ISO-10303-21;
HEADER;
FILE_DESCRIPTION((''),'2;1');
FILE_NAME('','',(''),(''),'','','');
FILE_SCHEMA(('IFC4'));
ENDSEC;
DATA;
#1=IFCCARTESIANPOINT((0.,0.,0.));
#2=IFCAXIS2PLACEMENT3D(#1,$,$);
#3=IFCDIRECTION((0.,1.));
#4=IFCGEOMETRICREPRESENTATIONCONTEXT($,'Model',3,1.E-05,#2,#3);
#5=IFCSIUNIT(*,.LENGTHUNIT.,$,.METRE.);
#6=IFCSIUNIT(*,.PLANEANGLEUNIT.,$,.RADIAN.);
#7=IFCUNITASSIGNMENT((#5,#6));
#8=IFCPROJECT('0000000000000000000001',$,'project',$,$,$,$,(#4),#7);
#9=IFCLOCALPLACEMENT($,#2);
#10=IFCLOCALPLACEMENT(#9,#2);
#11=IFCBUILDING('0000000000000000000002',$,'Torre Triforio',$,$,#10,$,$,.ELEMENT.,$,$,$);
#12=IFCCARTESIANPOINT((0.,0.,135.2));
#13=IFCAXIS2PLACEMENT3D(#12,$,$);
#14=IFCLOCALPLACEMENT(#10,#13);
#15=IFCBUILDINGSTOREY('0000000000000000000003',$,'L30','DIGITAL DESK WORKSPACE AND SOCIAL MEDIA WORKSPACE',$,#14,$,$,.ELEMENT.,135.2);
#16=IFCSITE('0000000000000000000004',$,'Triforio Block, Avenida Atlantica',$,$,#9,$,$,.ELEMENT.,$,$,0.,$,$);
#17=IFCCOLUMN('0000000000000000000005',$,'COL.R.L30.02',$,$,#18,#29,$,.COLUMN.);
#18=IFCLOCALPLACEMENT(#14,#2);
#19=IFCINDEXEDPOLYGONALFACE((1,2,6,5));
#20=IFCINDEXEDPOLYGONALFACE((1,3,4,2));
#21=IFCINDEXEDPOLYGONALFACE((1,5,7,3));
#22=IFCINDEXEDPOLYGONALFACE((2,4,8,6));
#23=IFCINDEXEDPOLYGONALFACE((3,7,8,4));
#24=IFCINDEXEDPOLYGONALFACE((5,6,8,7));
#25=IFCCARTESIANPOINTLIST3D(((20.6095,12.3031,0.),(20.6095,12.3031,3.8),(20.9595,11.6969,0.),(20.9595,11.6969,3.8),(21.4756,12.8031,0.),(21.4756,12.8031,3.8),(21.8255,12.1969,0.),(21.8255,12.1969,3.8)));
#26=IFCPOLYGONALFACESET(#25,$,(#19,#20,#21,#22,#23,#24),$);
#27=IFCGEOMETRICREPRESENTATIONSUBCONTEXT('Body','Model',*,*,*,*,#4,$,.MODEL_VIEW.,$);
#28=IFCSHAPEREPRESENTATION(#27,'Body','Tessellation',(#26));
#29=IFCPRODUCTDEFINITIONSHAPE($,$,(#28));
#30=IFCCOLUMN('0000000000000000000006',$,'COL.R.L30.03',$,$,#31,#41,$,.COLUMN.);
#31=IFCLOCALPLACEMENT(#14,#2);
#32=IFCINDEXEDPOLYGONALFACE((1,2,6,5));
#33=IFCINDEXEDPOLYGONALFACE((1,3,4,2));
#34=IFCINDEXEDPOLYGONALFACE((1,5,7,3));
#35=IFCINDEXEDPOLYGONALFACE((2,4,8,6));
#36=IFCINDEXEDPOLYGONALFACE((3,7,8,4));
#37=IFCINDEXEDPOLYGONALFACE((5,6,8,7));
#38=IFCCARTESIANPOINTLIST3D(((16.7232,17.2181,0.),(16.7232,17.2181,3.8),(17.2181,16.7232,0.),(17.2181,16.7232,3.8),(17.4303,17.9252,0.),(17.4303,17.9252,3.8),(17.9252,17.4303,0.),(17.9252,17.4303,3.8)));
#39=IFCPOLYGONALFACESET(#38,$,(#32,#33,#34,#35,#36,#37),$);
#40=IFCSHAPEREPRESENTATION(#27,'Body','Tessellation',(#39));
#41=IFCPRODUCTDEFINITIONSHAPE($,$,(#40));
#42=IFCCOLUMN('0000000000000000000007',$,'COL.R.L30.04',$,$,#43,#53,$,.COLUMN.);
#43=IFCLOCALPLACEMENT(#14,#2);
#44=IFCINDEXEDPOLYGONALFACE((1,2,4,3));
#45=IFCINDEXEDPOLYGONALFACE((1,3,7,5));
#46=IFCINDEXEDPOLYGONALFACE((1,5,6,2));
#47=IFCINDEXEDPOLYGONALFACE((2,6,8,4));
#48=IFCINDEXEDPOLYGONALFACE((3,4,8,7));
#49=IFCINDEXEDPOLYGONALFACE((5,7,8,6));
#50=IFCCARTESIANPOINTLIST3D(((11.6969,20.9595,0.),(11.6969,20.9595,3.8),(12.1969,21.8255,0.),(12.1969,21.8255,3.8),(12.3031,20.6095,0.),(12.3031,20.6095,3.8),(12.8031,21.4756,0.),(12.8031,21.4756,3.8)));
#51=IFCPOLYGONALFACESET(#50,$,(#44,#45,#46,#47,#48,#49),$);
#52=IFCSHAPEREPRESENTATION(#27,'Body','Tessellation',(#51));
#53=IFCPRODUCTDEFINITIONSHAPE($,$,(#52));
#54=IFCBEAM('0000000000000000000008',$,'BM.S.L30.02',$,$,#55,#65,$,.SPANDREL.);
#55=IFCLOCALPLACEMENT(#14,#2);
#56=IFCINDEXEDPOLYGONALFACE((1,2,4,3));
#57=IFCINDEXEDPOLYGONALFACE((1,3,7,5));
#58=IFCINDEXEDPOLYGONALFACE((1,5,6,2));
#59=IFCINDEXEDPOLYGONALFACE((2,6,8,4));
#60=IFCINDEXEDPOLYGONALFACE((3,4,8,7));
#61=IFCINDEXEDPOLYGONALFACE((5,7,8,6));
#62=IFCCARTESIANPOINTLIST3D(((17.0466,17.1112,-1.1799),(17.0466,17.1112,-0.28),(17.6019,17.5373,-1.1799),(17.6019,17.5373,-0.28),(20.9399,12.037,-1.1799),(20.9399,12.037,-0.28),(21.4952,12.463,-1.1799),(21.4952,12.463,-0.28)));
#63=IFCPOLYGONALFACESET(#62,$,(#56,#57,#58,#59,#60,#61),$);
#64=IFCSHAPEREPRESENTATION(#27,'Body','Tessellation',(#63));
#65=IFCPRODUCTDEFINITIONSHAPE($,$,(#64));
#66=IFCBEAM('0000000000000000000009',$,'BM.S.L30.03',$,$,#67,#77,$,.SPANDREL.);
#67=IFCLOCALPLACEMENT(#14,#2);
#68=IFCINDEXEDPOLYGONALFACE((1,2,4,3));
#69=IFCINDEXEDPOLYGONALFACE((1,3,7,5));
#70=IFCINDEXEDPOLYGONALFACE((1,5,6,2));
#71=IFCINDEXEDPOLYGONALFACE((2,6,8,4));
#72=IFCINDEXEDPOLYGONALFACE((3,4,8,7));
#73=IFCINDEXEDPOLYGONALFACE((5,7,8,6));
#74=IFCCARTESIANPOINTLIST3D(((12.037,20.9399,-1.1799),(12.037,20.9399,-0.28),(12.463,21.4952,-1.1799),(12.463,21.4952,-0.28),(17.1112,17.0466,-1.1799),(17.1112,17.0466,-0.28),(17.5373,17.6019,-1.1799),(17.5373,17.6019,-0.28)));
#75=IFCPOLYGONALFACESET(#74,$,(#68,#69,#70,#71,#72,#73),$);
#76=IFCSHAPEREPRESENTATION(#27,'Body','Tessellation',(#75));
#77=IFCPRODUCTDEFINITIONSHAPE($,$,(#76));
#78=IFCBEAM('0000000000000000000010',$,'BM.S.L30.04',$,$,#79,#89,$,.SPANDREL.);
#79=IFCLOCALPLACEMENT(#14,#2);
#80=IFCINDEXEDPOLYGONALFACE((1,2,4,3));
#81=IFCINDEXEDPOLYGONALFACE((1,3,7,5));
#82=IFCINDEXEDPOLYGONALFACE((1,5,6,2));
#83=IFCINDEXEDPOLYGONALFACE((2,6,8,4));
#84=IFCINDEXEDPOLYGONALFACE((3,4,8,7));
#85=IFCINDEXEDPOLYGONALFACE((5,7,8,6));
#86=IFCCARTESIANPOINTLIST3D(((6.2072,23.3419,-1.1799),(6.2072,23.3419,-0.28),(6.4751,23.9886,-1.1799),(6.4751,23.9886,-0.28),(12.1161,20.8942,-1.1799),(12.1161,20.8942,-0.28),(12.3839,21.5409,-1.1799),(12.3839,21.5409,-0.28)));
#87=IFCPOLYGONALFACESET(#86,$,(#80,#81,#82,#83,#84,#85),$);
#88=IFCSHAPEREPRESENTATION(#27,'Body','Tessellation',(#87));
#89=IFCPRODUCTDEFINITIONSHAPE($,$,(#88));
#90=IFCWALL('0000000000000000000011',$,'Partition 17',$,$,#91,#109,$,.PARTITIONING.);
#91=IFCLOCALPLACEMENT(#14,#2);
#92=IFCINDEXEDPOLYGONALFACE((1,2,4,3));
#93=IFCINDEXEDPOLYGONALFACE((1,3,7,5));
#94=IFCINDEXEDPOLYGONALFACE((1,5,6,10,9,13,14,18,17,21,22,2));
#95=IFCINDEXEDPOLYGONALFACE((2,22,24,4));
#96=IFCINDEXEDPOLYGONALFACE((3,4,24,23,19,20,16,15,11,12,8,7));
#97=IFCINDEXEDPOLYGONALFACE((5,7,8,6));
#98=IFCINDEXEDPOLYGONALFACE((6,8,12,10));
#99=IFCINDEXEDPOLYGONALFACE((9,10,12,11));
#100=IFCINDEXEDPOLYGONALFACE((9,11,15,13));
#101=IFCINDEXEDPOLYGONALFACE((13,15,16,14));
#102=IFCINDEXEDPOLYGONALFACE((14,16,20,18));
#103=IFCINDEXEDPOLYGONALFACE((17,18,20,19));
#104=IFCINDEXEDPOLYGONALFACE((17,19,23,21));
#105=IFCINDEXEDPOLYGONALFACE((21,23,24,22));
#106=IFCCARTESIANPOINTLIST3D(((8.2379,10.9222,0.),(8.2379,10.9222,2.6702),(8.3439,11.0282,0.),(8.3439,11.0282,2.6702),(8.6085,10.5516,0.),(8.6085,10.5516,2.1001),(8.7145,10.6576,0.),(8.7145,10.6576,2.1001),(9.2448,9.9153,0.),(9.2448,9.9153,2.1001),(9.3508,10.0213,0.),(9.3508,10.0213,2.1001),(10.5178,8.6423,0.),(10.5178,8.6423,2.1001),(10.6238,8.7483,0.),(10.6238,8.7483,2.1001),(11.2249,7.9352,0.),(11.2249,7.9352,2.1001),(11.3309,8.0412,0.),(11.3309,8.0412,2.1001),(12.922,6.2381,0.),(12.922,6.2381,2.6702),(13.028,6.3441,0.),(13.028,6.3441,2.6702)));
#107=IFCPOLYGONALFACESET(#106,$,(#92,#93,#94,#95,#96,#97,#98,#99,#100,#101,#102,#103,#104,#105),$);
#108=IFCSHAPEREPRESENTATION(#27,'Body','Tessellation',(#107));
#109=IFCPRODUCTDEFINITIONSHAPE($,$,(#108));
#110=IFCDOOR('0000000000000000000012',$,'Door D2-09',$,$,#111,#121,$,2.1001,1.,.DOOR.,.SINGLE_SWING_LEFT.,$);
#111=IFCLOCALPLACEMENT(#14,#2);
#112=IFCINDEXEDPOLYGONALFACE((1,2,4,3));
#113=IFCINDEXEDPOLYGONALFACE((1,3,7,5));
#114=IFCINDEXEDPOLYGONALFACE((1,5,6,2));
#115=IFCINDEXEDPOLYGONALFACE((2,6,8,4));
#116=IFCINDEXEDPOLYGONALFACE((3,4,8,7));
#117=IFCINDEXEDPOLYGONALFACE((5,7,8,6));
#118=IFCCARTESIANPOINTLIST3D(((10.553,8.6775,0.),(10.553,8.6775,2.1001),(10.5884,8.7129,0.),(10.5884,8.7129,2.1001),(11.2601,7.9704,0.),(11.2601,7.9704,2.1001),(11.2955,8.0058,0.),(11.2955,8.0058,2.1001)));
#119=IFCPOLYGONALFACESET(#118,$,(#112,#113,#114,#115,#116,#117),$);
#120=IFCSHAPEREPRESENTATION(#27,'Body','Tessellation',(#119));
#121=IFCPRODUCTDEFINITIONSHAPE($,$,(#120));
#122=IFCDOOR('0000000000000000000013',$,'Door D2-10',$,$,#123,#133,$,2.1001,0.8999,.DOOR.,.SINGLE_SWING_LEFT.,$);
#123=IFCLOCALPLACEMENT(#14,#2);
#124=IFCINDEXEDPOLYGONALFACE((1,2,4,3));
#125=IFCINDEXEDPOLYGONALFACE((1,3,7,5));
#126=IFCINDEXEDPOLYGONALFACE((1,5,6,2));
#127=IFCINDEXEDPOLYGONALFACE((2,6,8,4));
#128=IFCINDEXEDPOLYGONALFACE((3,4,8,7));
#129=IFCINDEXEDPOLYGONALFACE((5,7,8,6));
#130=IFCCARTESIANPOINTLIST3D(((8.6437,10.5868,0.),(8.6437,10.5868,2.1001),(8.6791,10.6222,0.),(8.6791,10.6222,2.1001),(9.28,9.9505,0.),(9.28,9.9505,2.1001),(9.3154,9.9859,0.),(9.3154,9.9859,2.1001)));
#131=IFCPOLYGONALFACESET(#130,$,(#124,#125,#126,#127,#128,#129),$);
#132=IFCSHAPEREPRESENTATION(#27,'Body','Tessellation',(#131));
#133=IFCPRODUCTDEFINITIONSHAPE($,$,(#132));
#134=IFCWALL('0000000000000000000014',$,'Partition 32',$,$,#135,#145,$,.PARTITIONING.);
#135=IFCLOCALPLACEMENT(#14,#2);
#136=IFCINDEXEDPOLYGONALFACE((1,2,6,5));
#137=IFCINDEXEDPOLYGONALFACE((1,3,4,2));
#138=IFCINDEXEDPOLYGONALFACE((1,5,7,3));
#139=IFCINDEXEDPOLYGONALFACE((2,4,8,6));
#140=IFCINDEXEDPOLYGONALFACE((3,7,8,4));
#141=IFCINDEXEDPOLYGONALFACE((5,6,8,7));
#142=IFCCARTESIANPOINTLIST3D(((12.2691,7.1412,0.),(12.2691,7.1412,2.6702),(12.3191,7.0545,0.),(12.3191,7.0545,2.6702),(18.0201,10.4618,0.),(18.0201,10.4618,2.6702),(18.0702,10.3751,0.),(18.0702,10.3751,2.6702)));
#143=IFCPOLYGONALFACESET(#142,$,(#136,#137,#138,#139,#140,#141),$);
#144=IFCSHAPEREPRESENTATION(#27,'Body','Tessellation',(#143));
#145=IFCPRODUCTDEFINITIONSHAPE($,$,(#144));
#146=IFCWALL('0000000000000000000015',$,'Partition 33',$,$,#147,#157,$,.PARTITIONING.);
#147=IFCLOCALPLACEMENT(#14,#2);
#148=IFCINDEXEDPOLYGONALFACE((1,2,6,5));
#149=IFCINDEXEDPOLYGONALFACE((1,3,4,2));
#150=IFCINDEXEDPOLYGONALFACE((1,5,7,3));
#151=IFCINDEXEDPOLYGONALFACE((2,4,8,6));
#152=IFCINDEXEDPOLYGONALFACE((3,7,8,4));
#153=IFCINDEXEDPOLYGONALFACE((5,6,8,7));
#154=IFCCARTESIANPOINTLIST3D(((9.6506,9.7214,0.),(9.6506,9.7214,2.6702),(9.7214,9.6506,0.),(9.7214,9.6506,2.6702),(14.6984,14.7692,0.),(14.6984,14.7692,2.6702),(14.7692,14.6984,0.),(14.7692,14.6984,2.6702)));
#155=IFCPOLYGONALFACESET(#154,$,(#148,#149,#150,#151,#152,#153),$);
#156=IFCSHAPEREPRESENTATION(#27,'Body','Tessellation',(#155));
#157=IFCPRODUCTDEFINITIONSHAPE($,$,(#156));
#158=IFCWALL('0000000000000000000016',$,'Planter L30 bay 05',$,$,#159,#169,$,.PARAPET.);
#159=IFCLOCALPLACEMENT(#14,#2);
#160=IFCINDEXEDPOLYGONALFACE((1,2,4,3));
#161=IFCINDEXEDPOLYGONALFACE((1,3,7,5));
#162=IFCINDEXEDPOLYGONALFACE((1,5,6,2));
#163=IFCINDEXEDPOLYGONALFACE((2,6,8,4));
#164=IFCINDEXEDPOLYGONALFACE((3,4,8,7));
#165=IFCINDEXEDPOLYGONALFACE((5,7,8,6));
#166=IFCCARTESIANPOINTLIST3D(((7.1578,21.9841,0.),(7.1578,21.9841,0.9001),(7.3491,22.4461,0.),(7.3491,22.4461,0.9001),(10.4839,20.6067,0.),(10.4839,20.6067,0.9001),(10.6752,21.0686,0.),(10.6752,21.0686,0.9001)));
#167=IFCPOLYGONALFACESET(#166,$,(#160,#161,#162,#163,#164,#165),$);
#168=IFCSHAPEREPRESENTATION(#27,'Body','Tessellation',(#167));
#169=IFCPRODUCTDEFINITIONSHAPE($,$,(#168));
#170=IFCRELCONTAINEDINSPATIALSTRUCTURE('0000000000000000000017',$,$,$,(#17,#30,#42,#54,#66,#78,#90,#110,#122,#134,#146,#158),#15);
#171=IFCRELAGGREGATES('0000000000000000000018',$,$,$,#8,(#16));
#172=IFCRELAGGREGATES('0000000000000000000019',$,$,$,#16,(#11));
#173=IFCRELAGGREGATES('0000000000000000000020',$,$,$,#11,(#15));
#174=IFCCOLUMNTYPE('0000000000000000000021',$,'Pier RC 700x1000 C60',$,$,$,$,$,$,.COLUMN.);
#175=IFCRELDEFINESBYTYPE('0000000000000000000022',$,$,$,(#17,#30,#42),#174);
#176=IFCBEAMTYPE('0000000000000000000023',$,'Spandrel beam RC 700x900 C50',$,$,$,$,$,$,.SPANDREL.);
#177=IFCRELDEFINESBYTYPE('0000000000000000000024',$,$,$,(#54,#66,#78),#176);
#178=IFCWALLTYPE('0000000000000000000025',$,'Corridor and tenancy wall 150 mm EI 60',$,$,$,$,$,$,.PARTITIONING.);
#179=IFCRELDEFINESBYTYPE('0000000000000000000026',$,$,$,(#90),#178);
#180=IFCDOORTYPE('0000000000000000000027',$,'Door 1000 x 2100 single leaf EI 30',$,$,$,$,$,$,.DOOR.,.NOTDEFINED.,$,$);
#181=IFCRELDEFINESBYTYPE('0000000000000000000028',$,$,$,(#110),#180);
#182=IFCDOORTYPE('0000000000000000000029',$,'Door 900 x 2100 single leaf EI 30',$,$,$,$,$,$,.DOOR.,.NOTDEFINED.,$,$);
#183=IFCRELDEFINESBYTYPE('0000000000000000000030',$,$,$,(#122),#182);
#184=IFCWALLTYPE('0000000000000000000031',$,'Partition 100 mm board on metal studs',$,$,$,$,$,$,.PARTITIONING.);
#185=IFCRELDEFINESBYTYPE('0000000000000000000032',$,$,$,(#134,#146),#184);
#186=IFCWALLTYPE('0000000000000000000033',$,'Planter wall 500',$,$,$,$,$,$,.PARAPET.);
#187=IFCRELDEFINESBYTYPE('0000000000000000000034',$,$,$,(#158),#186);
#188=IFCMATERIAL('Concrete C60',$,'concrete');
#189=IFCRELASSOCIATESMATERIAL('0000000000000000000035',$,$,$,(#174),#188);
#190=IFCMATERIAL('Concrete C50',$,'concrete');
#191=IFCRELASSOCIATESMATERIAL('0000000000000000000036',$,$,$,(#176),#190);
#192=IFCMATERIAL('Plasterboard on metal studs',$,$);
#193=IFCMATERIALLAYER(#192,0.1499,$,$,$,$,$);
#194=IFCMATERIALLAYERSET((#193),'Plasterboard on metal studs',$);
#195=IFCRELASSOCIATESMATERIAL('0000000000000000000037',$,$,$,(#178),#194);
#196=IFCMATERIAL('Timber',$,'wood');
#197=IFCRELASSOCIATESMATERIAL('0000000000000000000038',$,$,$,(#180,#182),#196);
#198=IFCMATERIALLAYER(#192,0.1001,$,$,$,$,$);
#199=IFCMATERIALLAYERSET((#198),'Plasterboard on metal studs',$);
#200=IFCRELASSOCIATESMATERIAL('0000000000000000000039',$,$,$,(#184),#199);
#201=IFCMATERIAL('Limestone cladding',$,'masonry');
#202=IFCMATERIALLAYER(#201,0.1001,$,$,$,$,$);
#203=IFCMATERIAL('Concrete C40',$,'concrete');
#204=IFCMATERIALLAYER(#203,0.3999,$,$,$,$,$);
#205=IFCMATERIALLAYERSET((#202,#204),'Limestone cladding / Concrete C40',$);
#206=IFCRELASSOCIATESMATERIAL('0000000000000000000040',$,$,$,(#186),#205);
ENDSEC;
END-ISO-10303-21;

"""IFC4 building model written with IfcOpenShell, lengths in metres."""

from ifc_helpers import new_model, si_unit, direction, frame, frame_2d, origin, origin_2d, place, context, subcontext, project, spatial, rectangle, extrude, material, layer, layer_set, material_profile, profile_set, type_object, element, fill, save


model = new_model("IFC4")

# Units and contexts
model_context = context("Model", 3, precision=1e-05, world=origin(), true_north=direction((0.0, 1.0)))
body_context = subcontext(model_context, "Body", "Model", "MODEL_VIEW")
ifc_project = project(units=[si_unit("LENGTHUNIT", "METRE"), si_unit("PLANEANGLEUNIT", "RADIAN")], contexts=[model_context])

# Site, building, storey
site_placement = place(None, origin())
site = spatial("IfcSite", under=ifc_project, at=site_placement, Name="Triforio Block, Avenida Atlantica", CompositionType="ELEMENT", RefElevation=0.0)
building_placement = place(site_placement, origin())
building = spatial("IfcBuilding", under=site, at=building_placement, Name="Torre Triforio", CompositionType="ELEMENT")
storey_placement = place(building_placement, frame((0.0, 0.0, 135.2)))
storey = spatial("IfcBuildingStorey", under=building, at=storey_placement, Name="L30", Description="DIGITAL DESK WORKSPACE AND SOCIAL MEDIA WORKSPACE", CompositionType="ELEMENT", Elevation=135.2)

# Columns
ifc_material_1 = material(Name="Concrete C60", Category="concrete")
ifc_material_profile_1 = material_profile(ifc_material_1, rectangle(XDim=0.7, YDim=1.0, at=origin_2d()), Name="RC 700x1000")
ifc_profile_set_1 = profile_set([ifc_material_profile_1], Name="Concrete C60")
column_type = type_object("IfcColumnType", Name="Pier RC 700x1000 C60", PredefinedType="COLUMN", material=ifc_profile_set_1)
for number, where, z_axis, x_axis, name in (
    (1, (21.2175, 12.25, 0.0), (0.0, 0.0, 1.0), (-0.5, 0.866025, 0.0), "COL.R.L30.02"),
    (2, (17.3242, 17.3242, 0.0), (0.0, 0.0, 1.0), (-0.707107, 0.707107, 0.0), "COL.R.L30.03"),
    (3, (12.25, 21.2175, 0.0), (0.0, 0.0, 1.0), (-0.866025, 0.5, 0.0), "COL.R.L30.04"),
):
    element("IfcColumn", number, at=place(storey_placement, frame(where, z_axis=z_axis, x_axis=x_axis)), inside=storey, type_object=column_type, Name=name, PredefinedType="COLUMN", context=body_context, shape_type="SweptSolid", body=[
        extrude(rectangle(XDim=0.7, YDim=1.0, at=origin_2d()), origin(), (0.0, 0.0, 1.0), 3.8),
    ])

# Beams
ifc_material_2 = material(Name="Concrete C50", Category="concrete")
ifc_material_profile_2 = material_profile(ifc_material_2, rectangle(XDim=0.7, YDim=0.8999, at=origin_2d()), Name="RC 700x900")
ifc_profile_set_2 = profile_set([ifc_material_profile_2], Name="Concrete C50")
beam_type = type_object("IfcBeamType", Name="Spandrel beam RC 700x900 C50", PredefinedType="SPANDREL", material=ifc_profile_set_2)
for number, where, z_axis, x_axis, name in (
    (4, (21.2175, 12.25, -0.73), (-0.608734, 0.793374, 0.0), (-0.793374, -0.608734, 0.0), "BM.S.L30.02"),
    (5, (17.3242, 17.3242, -0.73), (-0.793374, 0.608734, 0.0), (-0.608734, -0.793374, 0.0), "BM.S.L30.03"),
    (6, (12.25, 21.2175, -0.73), (-0.923869, 0.382709, 0.0), (-0.382709, -0.923869, 0.0), "BM.S.L30.04"),
):
    element("IfcBeam", number, at=place(storey_placement, frame(where, z_axis=z_axis, x_axis=x_axis)), inside=storey, type_object=beam_type, Name=name, PredefinedType="SPANDREL", context=body_context, shape_type="SweptSolid", body=[
        extrude(rectangle(XDim=0.7, YDim=0.8999, at=origin_2d()), origin(), (0.0, 0.0, 1.0), 6.3958),
    ])

# Wall, openings, doors
ifc_material_3 = material(Name="Plasterboard on metal studs")
ifc_layer_1 = layer(ifc_material_3, 0.1499)
ifc_layer_set_1 = layer_set([ifc_layer_1], Name="Plasterboard on metal studs")
wall_type_1 = type_object("IfcWallType", Name="Corridor and tenancy wall 150 mm EI 60", PredefinedType="PARTITIONING", material=ifc_layer_set_1)
wall_1_placement = place(storey_placement, frame((8.291, 10.9751, 0.0), z_axis=(0.0, 0.0, 1.0), x_axis=(0.707107, -0.707107, 0.0)))
wall_1 = element("IfcWall", 7, at=wall_1_placement, inside=storey, type_object=wall_type_1, Name="Partition 17", PredefinedType="PARTITIONING", context=body_context, shape_type="SweptSolid", body=[
    extrude(rectangle(XDim=6.6243, YDim=0.1499, at=frame_2d((3.312, 0.0))), origin(), (0.0, 0.0, 1.0), 2.6702),
])
opening_1_placement = place(wall_1_placement, frame((3.2241, 0.0, 0.0)))
opening_1 = element("IfcOpeningElement", 8, at=opening_1_placement, cuts=wall_1, PredefinedType="OPENING", context=body_context, shape_type="SweptSolid", body=[
    extrude(rectangle(XDim=1.0, YDim=2.1001, at=frame_2d((0.5, 1.05))), frame((0.0, 0.085, 0.0), z_axis=(0.0, -1.0, 0.0), x_axis=(1.0, 0.0, 0.0)), (0.0, 0.0, 1.0), 0.1699),
])
opening_2_placement = place(wall_1_placement, frame((0.5239, 0.0, 0.0)))
opening_2 = element("IfcOpeningElement", 9, at=opening_2_placement, cuts=wall_1, PredefinedType="OPENING", context=body_context, shape_type="SweptSolid", body=[
    extrude(rectangle(XDim=0.8999, YDim=2.1001, at=frame_2d((0.45, 1.05))), frame((0.0, 0.085, 0.0), z_axis=(0.0, -1.0, 0.0), x_axis=(1.0, 0.0, 0.0)), (0.0, 0.0, 1.0), 0.1699),
])
ifc_material_4 = material(Name="Timber", Category="wood")
door_type_1 = type_object("IfcDoorType", Name="Door 1000 x 2100 single leaf EI 30", OperationType="NOTDEFINED", PredefinedType="DOOR", material=ifc_material_4)
door_1_placement = place(opening_1_placement, origin())
door_1 = element("IfcDoor", 10, at=door_1_placement, inside=storey, type_object=door_type_1, Name="Door D2-09", OperationType="SINGLE_SWING_LEFT", OverallHeight=2.1001, OverallWidth=1.0, PredefinedType="DOOR", context=body_context, shape_type="SweptSolid", body=[
    extrude(rectangle(XDim=1.0, YDim=2.1001, at=frame_2d((0.5, 1.05))), frame((0.0, 0.0249, 0.0), z_axis=(0.0, -1.0, 0.0), x_axis=(1.0, 0.0, 0.0)), (0.0, 0.0, 1.0), 0.05),
])
fill(opening_1, door_1)
door_type_2 = type_object("IfcDoorType", Name="Door 900 x 2100 single leaf EI 30", OperationType="NOTDEFINED", PredefinedType="DOOR", material=ifc_material_4)
door_2_placement = place(opening_2_placement, origin())
door_2 = element("IfcDoor", 11, at=door_2_placement, inside=storey, type_object=door_type_2, Name="Door D2-10", OperationType="SINGLE_SWING_LEFT", OverallHeight=2.1001, OverallWidth=0.8999, PredefinedType="DOOR", context=body_context, shape_type="SweptSolid", body=[
    extrude(rectangle(XDim=0.8999, YDim=2.1001, at=frame_2d((0.45, 1.05))), frame((0.0, 0.0249, 0.0), z_axis=(0.0, -1.0, 0.0), x_axis=(1.0, 0.0, 0.0)), (0.0, 0.0, 1.0), 0.05),
])
fill(opening_2, door_2)

# Walls
ifc_layer_2 = layer(ifc_material_3, 0.1001)
ifc_layer_set_2 = layer_set([ifc_layer_2], Name="Plasterboard on metal studs")
wall_type_2 = type_object("IfcWallType", Name="Partition 100 mm board on metal studs", PredefinedType="PARTITIONING", material=ifc_layer_set_2)
wall_2_placement = place(storey_placement, frame((12.2942, 7.0979, 0.0), z_axis=(0.0, 0.0, 1.0), x_axis=(0.86601, 0.500026, 0.0)))
element("IfcWall", 12, at=wall_2_placement, inside=storey, type_object=wall_type_2, Name="Partition 32", PredefinedType="PARTITIONING", context=body_context, shape_type="SweptSolid", body=[
    extrude(rectangle(XDim=6.6409, YDim=0.1001, at=frame_2d((3.3203, 0.0))), origin(), (0.0, 0.0, 1.0), 2.6702),
])
wall_3_placement = place(storey_placement, frame((9.686, 9.686, 0.0), z_axis=(0.0, 0.0, 1.0), x_axis=(0.707107, 0.707107, 0.0)))
element("IfcWall", 13, at=wall_3_placement, inside=storey, type_object=wall_type_2, Name="Partition 33", PredefinedType="PARTITIONING", context=body_context, shape_type="SweptSolid", body=[
    extrude(rectangle(XDim=7.1387, YDim=0.1001, at=frame_2d((3.5693, 0.0))), origin(), (0.0, 0.0, 1.0), 2.6702),
])
ifc_material_5 = material(Name="Limestone cladding", Category="masonry")
ifc_layer_3 = layer(ifc_material_5, 0.1001)
ifc_material_6 = material(Name="Concrete C40", Category="concrete")
ifc_layer_4 = layer(ifc_material_6, 0.3999)
ifc_layer_set_3 = layer_set([ifc_layer_3, ifc_layer_4], Name="Limestone cladding / Concrete C40")
wall_type_3 = type_object("IfcWallType", Name="Planter wall 500", PredefinedType="PARAPET", material=ifc_layer_set_3)
wall_4_placement = place(storey_placement, frame((10.5796, 20.8376, 0.0), z_axis=(0.0, 0.0, 1.0), x_axis=(-0.923909, 0.382611, 0.0)))
element("IfcWall", 14, at=wall_4_placement, inside=storey, type_object=wall_type_3, Name="Planter L30 bay 05", PredefinedType="PARAPET", context=body_context, shape_type="SweptSolid", body=[
    extrude(rectangle(XDim=3.6001, YDim=0.5, at=frame_2d((1.8, 0.0))), origin(), (0.0, 0.0, 1.0), 0.9001),
])

save(model, "model.ifc")
